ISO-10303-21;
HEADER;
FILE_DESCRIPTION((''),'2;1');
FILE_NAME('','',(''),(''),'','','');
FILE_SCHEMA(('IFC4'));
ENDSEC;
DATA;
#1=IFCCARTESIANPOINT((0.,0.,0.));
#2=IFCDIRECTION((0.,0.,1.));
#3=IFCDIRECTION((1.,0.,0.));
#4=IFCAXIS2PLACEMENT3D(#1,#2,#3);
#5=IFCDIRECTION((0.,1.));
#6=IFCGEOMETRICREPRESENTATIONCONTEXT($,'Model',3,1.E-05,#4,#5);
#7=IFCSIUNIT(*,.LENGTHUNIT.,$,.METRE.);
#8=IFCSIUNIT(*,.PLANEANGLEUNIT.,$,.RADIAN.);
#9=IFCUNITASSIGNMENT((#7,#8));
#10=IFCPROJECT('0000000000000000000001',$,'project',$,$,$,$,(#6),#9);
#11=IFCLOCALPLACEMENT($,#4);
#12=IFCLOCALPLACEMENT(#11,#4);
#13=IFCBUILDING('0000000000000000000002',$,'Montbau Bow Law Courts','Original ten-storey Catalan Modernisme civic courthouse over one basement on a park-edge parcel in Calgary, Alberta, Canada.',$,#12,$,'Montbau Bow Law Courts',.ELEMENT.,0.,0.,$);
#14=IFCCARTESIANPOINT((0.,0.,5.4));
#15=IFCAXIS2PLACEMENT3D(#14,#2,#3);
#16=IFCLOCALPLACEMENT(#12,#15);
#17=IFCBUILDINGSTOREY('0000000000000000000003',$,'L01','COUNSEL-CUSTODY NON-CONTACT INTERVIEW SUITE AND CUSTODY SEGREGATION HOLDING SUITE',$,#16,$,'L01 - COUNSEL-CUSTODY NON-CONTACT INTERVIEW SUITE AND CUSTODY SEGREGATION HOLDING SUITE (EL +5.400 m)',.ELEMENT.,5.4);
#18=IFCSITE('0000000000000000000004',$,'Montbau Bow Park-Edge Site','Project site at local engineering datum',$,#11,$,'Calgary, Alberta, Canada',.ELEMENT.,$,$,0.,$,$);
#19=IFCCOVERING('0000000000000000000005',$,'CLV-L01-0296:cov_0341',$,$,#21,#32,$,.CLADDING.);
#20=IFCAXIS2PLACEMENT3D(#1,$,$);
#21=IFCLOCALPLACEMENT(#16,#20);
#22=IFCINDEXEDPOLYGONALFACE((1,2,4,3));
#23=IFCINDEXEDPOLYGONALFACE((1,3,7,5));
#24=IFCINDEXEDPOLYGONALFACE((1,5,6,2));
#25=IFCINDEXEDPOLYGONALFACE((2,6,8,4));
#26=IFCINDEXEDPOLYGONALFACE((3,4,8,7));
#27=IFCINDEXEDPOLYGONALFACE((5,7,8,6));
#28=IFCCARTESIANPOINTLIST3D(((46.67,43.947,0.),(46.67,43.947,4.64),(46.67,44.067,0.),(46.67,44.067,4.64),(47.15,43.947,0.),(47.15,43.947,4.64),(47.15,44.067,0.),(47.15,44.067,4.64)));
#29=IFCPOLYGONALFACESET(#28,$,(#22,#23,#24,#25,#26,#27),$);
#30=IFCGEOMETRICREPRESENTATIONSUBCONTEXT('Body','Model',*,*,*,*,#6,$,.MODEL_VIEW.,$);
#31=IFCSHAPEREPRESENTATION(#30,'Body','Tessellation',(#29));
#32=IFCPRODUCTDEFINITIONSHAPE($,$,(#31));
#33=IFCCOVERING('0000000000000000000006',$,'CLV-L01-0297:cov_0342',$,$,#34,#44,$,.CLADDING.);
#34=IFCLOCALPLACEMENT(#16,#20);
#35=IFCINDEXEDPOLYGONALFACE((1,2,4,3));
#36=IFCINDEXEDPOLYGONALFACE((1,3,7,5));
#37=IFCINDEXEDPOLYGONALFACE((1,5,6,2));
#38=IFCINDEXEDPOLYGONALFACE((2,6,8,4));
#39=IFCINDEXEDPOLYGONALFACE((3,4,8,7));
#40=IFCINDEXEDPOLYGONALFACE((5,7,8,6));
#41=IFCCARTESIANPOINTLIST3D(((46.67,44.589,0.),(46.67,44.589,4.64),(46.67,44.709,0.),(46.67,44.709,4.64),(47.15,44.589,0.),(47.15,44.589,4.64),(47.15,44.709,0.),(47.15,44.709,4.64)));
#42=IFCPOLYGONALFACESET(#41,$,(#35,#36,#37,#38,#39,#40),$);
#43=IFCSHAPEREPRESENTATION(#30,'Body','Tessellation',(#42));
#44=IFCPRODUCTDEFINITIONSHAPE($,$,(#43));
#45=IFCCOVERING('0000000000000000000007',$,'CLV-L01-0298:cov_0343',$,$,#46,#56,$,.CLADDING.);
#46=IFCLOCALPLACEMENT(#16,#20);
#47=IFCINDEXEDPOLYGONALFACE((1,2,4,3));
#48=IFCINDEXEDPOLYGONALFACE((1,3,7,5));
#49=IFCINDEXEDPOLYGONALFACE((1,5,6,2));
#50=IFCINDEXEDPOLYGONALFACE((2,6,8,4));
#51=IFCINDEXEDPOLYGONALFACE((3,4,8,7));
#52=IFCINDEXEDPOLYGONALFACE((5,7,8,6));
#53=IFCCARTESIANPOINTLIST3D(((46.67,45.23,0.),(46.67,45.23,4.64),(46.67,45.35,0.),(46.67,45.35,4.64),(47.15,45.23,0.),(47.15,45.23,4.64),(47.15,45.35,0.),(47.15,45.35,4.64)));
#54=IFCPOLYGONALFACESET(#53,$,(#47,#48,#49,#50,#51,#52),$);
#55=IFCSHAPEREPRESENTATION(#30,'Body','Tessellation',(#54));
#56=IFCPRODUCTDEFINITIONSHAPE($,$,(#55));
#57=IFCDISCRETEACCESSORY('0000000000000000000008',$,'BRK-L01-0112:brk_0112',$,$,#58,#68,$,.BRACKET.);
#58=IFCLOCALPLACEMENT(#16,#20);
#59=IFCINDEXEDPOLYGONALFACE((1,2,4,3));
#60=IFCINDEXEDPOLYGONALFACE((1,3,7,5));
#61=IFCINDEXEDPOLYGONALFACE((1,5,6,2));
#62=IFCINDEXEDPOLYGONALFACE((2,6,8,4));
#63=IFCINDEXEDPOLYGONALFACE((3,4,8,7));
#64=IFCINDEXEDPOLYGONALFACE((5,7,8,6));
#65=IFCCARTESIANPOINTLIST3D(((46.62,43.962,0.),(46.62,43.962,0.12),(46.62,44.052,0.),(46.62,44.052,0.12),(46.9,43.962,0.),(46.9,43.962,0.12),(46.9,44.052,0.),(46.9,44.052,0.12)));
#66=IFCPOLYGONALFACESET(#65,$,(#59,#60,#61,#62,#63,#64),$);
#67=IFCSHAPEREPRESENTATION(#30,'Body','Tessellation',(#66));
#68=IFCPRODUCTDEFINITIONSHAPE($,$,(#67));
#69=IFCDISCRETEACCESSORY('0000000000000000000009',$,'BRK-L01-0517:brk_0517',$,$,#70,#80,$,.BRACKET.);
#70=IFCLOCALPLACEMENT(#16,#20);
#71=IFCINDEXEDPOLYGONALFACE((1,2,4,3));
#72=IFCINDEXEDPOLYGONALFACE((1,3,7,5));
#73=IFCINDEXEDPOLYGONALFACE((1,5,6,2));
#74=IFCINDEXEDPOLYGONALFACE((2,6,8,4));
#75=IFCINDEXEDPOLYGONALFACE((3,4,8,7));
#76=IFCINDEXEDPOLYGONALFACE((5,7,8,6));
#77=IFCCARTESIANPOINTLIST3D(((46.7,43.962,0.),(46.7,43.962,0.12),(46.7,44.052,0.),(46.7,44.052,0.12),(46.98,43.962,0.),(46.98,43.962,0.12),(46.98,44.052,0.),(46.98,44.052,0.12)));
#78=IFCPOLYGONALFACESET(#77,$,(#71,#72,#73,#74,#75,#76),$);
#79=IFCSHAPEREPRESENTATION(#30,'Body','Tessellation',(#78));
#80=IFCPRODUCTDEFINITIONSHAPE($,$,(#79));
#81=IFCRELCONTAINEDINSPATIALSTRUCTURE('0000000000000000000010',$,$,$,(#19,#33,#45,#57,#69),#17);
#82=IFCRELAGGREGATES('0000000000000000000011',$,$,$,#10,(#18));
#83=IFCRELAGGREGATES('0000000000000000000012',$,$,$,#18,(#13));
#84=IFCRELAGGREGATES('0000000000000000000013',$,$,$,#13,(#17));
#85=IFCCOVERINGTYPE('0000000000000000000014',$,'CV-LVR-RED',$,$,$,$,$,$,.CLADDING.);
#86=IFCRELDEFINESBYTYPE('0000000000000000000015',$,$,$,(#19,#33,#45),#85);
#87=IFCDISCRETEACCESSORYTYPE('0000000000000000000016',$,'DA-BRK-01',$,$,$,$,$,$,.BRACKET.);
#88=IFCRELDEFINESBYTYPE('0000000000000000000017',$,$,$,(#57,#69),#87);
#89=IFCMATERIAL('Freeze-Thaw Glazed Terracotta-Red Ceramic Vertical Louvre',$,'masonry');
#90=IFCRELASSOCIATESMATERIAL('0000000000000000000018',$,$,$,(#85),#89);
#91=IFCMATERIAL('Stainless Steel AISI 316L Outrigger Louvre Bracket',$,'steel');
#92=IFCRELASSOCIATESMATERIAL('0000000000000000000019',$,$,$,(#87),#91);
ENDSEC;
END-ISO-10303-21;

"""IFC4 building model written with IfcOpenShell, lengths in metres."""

from ifc_helpers import new_model, si_unit, direction, frame, frame_2d, origin_with_axes, origin_2d_with_axis, place, context, subcontext, project, spatial, rectangle, extrude, material, type_object, element, save


model = new_model("IFC4")

# Units and contexts
model_context = context("Model", 3, precision=1e-05, world=origin_with_axes(), true_north=direction((0.0, 1.0)))
body_context = subcontext(model_context, "Body", "Model", "MODEL_VIEW")
ifc_project = project(units=[si_unit("LENGTHUNIT", "METRE"), si_unit("PLANEANGLEUNIT", "RADIAN")], contexts=[model_context])

# Site, building, storey
site_placement = place(None, origin_with_axes())
site = spatial("IfcSite", under=ifc_project, at=site_placement, Name="Montbau Bow Park-Edge Site", Description="Project site at local engineering datum", LongName="Calgary, Alberta, Canada", CompositionType="ELEMENT", RefElevation=0.0)
building_placement = place(site_placement, origin_with_axes())
building = spatial("IfcBuilding", under=site, at=building_placement, Name="Montbau Bow Law Courts", Description="Original ten-storey Catalan Modernisme civic courthouse over one basement on a park-edge parcel in Calgary, Alberta, Canada.", LongName="Montbau Bow Law Courts", CompositionType="ELEMENT", ElevationOfRefHeight=0.0, ElevationOfTerrain=0.0)
storey_placement = place(building_placement, frame((0.0, 0.0, 5.4), z_axis=(0.0, 0.0, 1.0), x_axis=(1.0, 0.0, 0.0)))
storey = spatial("IfcBuildingStorey", under=building, at=storey_placement, Name="L01", Description="COUNSEL-CUSTODY NON-CONTACT INTERVIEW SUITE AND CUSTODY SEGREGATION HOLDING SUITE", LongName="L01 - COUNSEL-CUSTODY NON-CONTACT INTERVIEW SUITE AND CUSTODY SEGREGATION HOLDING SUITE (EL +5.400 m)", CompositionType="ELEMENT", Elevation=5.4)

# Coverings
ifc_material_1 = material(Name="Freeze-Thaw Glazed Terracotta-Red Ceramic Vertical Louvre", Category="masonry")
covering_type_1 = type_object("IfcCoveringType", Name="CV-LVR-RED", PredefinedType="CLADDING", material=ifc_material_1)
for number, where, z_axis, x_axis, name in (
    (1, (46.67, 44.007, 5.4), (0.0, -1.0, 0.0), (1.0, 0.0, 0.0), "CLV-L01-0296:cov_0341"),
    (2, (46.67, 44.649, 5.4), (0.0, -1.0, 0.0), (1.0, 0.0, 0.0), "CLV-L01-0297:cov_0342"),
    (3, (46.67, 45.29, 5.4), (0.0, -1.0, 0.0), (1.0, 0.0, 0.0), "CLV-L01-0298:cov_0343"),
):
    element("IfcCovering", number, at=place(None, frame(where, z_axis=z_axis, x_axis=x_axis)), inside=storey, type_object=covering_type_1, Name=name, PredefinedType="CLADDING", context=body_context, shape_type="SweptSolid", body=[
        extrude(rectangle(XDim=0.48, YDim=4.64, at=frame_2d((0.24, 2.32), x_axis=(1.0, 0.0))), frame((0.0, 0.0, -0.06), z_axis=(0.0, 0.0, 1.0), x_axis=(1.0, 0.0, 0.0)), (0.0, 0.0, 1.0), 0.12),
    ])

# Discrete accessories
ifc_material_2 = material(Name="Stainless Steel AISI 316L Outrigger Louvre Bracket", Category="steel")
discrete_accessory_type = type_object("IfcDiscreteAccessoryType", Name="DA-BRK-01", PredefinedType="BRACKET", material=ifc_material_2)
for number, where, z_axis, x_axis, name in (
    (4, (46.76, 44.007, 5.4), (0.0, 0.0, 1.0), (1.0, 0.0, 0.0), "BRK-L01-0112:brk_0112"),
    (5, (46.84, 44.007, 5.4), (0.0, 0.0, 1.0), (-1.0, 0.0, 0.0), "BRK-L01-0517:brk_0517"),
):
    element("IfcDiscreteAccessory", number, at=place(None, frame(where, z_axis=z_axis, x_axis=x_axis)), inside=storey, type_object=discrete_accessory_type, Name=name, PredefinedType="BRACKET", context=body_context, shape_type="SweptSolid", body=[
        extrude(rectangle(XDim=0.28, YDim=0.09, at=origin_2d_with_axis()), origin_with_axes(), (0.0, 0.0, 1.0), 0.12),
    ])

save(model, "model.ifc")
